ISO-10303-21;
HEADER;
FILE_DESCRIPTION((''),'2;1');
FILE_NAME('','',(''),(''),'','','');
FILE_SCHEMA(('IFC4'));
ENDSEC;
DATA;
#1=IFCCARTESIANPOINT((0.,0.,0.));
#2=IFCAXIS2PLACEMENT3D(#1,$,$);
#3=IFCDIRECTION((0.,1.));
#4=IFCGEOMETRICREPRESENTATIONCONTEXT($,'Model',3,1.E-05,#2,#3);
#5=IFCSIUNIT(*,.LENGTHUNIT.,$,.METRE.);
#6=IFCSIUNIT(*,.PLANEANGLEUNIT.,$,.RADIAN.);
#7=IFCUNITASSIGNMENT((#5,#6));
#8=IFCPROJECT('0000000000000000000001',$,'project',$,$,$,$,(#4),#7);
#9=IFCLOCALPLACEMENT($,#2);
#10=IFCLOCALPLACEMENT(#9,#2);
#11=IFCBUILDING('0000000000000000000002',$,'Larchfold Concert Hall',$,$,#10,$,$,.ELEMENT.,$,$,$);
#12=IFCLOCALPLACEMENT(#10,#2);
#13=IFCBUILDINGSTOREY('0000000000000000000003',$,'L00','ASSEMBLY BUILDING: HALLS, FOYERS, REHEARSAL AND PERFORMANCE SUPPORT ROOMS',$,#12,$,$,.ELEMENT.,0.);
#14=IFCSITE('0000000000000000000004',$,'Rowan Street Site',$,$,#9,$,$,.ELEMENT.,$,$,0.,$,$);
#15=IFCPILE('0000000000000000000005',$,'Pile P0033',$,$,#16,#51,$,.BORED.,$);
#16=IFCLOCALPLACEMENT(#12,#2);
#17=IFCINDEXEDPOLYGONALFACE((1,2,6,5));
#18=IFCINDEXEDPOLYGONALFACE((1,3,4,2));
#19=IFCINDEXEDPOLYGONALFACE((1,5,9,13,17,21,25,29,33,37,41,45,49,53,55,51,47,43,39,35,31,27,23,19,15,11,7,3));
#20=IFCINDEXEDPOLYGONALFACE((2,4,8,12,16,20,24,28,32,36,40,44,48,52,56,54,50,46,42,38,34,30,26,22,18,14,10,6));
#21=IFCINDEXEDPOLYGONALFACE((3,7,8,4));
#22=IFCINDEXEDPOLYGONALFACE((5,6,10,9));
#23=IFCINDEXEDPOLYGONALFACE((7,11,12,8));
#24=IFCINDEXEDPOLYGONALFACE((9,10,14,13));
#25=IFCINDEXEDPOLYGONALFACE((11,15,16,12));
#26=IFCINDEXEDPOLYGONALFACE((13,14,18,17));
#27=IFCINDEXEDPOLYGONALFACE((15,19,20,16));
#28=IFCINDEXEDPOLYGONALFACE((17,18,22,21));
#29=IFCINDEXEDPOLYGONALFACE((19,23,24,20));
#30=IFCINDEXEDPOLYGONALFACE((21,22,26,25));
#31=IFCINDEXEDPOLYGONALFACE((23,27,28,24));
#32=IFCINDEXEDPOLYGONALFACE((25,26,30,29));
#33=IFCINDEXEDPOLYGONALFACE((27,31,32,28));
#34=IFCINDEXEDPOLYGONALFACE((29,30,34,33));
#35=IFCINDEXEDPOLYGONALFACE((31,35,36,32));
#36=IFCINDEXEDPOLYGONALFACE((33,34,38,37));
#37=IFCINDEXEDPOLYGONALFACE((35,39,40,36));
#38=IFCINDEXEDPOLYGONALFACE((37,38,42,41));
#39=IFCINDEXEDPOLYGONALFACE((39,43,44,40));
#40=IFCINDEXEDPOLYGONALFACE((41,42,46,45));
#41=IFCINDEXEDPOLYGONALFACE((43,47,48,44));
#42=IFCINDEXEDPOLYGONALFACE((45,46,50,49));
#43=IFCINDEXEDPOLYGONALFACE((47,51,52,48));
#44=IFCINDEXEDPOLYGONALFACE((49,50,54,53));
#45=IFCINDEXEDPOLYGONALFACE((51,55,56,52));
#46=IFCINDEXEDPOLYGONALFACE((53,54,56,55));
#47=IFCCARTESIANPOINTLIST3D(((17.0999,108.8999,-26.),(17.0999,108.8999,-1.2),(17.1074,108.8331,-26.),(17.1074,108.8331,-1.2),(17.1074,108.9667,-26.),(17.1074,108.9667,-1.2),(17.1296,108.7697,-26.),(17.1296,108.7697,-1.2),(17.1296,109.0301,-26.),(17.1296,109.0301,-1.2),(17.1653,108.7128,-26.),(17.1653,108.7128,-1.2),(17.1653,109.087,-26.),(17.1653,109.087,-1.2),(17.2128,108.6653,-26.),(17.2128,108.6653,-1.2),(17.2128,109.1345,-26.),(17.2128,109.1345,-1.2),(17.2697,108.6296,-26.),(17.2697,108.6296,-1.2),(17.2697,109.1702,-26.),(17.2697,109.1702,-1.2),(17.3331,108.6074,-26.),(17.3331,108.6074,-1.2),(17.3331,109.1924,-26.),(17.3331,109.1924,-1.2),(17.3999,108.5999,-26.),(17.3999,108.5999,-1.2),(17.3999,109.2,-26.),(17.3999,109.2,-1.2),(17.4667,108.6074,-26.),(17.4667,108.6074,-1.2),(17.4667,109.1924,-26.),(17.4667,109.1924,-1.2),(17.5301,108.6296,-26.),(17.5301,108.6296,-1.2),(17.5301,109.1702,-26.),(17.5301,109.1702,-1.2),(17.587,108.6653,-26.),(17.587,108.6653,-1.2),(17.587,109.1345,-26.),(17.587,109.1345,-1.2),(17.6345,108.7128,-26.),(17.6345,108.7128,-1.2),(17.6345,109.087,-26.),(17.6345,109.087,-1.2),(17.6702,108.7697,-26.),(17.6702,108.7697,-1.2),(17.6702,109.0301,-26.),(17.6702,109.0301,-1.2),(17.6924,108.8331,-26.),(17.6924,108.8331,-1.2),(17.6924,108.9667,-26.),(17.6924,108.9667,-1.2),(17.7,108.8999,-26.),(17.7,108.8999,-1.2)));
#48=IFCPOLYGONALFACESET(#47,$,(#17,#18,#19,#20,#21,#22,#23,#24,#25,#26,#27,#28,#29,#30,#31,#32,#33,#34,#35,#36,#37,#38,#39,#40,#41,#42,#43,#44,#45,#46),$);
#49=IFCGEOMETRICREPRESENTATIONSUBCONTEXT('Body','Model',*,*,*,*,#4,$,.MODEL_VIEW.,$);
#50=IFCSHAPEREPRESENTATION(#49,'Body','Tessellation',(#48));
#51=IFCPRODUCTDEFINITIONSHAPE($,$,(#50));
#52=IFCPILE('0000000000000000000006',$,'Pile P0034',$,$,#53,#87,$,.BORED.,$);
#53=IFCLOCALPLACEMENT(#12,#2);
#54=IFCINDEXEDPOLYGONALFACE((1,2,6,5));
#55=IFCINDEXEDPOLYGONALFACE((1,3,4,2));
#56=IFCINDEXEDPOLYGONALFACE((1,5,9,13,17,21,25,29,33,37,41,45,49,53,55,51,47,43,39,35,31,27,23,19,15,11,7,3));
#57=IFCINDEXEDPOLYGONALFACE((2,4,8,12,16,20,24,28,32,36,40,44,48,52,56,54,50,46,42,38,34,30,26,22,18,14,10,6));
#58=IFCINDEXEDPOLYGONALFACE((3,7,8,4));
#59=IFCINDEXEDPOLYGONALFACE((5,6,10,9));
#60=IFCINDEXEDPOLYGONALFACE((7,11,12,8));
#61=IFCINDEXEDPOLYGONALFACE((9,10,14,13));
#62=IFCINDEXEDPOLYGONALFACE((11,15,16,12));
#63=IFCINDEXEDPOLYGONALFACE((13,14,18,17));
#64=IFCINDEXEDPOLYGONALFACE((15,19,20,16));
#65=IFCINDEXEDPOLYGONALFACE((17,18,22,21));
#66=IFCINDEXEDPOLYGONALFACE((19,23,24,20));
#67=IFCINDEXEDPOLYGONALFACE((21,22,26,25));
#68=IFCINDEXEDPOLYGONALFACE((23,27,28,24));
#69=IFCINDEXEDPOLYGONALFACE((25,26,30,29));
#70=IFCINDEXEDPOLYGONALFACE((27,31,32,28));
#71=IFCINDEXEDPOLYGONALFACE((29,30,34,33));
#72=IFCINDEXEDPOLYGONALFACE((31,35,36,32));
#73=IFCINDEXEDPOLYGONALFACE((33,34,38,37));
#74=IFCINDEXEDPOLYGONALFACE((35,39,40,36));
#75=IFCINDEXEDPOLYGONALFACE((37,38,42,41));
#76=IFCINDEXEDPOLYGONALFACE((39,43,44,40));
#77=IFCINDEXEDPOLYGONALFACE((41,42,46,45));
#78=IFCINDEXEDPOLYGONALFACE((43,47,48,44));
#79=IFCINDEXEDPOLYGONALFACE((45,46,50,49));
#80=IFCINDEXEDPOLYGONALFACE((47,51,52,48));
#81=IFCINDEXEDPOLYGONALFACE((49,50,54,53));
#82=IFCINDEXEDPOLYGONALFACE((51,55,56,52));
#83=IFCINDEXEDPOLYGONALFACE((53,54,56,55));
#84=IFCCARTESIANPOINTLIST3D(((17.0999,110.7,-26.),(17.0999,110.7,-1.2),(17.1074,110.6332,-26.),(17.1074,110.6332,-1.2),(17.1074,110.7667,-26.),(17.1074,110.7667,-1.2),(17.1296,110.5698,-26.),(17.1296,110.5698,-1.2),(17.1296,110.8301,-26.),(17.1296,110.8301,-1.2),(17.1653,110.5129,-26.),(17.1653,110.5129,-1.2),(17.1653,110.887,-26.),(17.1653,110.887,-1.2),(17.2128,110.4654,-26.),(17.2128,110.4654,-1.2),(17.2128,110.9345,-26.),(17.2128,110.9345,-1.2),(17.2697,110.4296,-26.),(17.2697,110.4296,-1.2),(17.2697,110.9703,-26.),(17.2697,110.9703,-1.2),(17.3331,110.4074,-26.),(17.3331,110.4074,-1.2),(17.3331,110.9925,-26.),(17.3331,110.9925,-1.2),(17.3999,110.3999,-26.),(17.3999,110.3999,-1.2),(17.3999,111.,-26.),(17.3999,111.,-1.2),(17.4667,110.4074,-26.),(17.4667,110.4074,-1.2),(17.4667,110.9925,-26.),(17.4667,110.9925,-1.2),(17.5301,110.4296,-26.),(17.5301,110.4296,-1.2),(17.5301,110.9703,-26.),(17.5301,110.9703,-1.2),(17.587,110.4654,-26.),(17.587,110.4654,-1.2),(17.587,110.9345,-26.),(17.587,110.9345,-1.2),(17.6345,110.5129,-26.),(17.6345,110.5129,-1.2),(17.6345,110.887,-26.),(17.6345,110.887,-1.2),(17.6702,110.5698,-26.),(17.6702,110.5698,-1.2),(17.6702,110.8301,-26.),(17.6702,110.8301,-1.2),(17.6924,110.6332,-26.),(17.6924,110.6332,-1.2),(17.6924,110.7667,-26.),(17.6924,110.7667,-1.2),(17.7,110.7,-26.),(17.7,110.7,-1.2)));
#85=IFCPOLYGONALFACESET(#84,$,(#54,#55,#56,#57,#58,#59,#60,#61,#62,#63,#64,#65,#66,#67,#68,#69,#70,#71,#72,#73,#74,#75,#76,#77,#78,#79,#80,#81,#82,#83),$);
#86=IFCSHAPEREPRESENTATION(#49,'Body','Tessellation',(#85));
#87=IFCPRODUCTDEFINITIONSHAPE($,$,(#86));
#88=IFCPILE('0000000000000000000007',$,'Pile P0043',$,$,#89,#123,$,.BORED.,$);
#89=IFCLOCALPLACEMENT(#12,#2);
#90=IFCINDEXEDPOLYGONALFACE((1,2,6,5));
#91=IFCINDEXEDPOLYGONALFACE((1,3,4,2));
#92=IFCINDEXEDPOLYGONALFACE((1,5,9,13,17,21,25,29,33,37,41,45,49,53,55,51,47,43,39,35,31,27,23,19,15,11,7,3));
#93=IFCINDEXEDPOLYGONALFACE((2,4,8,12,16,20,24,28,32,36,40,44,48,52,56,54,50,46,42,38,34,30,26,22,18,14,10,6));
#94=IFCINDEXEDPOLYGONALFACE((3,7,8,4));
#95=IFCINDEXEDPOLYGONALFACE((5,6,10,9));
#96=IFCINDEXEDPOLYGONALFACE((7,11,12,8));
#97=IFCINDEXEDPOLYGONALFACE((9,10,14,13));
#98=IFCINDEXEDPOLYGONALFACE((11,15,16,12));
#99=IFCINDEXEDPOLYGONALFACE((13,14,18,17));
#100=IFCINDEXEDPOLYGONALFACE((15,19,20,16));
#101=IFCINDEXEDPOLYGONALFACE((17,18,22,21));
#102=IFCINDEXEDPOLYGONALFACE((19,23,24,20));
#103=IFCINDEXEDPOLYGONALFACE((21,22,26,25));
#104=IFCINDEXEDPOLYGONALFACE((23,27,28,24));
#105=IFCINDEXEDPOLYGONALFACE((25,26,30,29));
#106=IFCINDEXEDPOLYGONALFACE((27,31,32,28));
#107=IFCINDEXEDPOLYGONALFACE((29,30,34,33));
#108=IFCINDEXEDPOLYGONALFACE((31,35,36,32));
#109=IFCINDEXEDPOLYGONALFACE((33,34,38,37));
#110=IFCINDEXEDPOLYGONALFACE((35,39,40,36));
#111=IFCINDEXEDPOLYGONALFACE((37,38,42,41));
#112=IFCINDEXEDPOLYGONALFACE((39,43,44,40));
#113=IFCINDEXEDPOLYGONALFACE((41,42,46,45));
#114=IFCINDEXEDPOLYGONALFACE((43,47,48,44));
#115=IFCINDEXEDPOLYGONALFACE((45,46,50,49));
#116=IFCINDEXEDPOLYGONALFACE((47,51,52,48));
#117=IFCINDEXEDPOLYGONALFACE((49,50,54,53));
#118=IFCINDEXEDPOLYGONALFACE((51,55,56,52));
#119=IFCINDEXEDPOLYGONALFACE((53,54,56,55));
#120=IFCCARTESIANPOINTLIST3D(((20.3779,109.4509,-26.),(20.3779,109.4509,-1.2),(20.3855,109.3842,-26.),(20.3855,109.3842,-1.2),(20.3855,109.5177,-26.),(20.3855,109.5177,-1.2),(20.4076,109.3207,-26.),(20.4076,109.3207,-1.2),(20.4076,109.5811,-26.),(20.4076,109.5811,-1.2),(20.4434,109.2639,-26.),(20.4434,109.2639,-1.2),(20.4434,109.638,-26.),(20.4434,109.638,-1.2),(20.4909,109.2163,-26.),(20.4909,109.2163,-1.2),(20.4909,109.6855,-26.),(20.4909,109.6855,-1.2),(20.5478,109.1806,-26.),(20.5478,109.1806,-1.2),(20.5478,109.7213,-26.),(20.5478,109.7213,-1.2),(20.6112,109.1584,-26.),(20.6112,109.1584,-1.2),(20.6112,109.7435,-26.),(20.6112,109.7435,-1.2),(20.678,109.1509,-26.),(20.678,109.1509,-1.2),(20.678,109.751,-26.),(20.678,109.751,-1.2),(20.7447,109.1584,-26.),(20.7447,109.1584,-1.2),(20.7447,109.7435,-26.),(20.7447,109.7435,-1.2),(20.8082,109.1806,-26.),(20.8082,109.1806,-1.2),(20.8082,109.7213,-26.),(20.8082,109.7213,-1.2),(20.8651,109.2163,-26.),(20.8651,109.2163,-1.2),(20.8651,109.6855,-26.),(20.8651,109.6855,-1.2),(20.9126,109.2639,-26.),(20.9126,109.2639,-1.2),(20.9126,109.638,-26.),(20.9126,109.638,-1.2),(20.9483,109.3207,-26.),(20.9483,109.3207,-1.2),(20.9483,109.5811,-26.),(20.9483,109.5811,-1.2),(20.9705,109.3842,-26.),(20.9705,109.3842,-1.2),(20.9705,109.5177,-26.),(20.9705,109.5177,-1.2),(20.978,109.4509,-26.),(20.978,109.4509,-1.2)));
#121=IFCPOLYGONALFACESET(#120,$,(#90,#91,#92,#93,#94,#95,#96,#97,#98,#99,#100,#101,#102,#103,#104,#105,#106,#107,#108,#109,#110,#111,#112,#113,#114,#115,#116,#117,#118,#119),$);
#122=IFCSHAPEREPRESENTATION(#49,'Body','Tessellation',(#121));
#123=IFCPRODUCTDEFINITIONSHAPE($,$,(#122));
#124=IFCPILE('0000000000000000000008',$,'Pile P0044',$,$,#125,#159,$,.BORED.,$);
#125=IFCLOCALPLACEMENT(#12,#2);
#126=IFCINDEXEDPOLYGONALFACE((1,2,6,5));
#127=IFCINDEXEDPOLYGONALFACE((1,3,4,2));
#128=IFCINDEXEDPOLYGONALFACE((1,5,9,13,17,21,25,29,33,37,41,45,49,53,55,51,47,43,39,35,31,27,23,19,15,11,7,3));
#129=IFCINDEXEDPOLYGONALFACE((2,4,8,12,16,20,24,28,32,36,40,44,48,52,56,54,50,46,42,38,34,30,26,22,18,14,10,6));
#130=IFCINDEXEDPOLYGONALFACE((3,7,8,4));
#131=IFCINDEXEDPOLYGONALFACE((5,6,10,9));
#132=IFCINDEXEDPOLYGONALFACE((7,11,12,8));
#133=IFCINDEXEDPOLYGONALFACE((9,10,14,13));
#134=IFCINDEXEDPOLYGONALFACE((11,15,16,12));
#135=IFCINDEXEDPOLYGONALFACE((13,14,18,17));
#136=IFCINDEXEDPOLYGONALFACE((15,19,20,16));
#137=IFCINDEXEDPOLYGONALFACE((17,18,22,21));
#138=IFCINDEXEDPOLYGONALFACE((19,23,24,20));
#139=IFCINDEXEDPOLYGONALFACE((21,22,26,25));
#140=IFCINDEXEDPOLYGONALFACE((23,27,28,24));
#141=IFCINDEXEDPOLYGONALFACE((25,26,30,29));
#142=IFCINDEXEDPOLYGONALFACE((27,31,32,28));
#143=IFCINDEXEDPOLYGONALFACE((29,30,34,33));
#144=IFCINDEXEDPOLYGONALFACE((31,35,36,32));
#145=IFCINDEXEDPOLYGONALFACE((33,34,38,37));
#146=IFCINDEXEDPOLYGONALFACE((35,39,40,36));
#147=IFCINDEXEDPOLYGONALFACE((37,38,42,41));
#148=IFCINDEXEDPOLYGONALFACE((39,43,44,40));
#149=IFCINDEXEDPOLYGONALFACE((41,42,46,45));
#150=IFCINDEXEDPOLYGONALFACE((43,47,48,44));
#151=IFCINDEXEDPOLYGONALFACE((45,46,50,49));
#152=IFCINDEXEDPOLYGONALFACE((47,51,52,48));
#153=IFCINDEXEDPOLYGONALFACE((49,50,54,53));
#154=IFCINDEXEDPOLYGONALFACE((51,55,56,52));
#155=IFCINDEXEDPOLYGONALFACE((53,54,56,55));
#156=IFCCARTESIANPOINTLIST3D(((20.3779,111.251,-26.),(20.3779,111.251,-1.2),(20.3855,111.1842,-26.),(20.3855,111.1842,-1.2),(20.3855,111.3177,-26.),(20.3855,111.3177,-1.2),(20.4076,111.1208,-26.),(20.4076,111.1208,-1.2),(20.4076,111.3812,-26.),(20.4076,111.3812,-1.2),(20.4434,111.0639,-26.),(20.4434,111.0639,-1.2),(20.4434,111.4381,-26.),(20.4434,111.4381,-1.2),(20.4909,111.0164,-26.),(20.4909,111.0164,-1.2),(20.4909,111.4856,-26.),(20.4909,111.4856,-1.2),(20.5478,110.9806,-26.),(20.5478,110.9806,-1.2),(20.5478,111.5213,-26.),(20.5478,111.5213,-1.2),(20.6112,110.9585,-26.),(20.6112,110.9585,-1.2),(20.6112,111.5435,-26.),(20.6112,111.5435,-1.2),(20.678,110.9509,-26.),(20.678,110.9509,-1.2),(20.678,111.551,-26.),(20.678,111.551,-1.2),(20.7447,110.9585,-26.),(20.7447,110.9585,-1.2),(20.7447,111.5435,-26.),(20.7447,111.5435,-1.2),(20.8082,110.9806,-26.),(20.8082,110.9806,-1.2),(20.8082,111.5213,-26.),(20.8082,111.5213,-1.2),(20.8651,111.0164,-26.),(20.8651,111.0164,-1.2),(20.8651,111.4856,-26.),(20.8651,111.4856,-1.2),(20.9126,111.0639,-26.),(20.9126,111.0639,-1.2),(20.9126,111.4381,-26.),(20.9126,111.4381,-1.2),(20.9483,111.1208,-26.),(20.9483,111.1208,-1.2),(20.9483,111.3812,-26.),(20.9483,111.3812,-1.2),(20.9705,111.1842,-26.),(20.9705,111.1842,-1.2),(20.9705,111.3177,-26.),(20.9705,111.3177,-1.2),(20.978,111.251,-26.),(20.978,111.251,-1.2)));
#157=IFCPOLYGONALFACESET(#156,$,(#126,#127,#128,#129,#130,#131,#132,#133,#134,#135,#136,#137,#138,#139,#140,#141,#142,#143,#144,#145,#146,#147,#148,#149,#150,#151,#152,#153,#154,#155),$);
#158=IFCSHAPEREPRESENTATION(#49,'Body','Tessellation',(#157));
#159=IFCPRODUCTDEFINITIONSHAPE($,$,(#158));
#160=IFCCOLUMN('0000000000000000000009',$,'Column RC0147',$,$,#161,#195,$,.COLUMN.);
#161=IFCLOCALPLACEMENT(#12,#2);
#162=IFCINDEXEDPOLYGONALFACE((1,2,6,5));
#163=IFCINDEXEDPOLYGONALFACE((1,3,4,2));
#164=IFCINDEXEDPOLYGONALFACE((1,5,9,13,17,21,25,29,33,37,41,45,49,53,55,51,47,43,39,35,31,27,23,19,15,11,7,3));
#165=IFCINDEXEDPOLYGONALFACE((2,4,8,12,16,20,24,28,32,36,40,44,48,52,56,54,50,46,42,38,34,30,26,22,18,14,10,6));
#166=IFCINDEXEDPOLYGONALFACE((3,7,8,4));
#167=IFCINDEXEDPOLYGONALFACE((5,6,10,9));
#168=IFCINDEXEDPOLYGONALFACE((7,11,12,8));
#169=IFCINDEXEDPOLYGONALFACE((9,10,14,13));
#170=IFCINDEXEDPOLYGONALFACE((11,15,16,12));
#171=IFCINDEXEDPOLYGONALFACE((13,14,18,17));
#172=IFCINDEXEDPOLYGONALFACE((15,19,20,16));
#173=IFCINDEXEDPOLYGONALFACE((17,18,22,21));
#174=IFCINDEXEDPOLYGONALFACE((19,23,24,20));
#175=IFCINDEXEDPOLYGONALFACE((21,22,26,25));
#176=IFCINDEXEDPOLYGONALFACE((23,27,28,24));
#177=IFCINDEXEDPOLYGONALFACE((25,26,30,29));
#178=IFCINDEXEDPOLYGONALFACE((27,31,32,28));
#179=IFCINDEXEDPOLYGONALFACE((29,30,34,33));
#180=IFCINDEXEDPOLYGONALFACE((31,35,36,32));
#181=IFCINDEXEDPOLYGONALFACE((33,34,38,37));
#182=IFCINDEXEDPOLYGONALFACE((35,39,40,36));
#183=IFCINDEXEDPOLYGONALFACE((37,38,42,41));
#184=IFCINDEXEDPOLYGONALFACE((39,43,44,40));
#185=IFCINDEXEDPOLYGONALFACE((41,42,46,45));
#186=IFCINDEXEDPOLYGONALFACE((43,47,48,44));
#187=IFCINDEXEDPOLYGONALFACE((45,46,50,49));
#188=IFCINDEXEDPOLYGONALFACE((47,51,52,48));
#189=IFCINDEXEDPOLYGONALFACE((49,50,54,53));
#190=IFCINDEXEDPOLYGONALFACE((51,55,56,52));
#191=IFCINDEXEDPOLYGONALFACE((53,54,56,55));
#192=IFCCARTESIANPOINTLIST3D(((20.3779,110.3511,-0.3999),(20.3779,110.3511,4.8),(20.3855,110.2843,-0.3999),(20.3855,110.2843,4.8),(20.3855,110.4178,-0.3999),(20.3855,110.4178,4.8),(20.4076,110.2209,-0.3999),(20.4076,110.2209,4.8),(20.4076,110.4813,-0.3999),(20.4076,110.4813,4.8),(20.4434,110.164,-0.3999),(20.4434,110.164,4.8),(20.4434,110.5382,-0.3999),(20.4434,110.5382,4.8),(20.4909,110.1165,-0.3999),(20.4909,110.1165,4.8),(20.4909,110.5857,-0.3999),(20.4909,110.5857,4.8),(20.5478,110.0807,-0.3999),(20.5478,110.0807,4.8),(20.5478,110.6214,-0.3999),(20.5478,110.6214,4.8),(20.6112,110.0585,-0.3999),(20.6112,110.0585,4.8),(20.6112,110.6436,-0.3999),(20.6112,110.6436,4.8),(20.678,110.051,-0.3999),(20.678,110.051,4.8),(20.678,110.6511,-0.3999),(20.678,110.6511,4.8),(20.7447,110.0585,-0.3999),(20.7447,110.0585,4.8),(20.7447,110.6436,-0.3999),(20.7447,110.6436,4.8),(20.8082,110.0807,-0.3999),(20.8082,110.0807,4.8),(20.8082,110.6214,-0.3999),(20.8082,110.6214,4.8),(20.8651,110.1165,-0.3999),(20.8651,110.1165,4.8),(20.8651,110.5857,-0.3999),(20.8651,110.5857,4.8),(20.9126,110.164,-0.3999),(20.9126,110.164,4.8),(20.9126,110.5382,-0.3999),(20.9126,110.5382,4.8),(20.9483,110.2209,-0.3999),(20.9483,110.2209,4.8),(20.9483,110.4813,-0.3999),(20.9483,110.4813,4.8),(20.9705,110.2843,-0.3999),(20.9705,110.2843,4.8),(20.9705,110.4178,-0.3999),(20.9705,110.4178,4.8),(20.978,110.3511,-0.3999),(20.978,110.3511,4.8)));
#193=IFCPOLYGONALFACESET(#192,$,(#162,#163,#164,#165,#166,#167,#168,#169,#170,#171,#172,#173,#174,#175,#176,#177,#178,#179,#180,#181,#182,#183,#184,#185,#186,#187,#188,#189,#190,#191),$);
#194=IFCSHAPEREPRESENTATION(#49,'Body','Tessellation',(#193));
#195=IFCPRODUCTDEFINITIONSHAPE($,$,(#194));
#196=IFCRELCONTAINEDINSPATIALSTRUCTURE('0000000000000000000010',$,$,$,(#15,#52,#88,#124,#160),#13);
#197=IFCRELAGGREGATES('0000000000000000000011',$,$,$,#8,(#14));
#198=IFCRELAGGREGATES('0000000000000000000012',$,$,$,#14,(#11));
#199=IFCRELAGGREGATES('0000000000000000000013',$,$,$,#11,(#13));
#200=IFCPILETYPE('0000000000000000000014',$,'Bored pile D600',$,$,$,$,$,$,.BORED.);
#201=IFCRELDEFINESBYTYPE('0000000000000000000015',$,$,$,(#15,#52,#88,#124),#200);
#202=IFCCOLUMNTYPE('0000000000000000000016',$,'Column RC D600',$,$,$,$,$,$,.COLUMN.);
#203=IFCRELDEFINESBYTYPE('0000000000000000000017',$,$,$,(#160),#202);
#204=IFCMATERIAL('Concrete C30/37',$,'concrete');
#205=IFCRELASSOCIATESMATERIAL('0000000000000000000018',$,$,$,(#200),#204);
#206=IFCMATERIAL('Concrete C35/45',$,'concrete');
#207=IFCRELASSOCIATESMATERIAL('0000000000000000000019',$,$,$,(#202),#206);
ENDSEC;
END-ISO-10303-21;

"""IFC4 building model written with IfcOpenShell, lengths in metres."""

from ifc_helpers import new_model, si_unit, direction, frame, origin, origin_2d, place, context, subcontext, project, spatial, circle, extrude, material, material_profile, profile_set, type_object, element, save


model = new_model("IFC4")

# Units and contexts
model_context = context("Model", 3, precision=1e-05, world=origin(), true_north=direction((0.0, 1.0)))
body_context = subcontext(model_context, "Body", "Model", "MODEL_VIEW")
ifc_project = project(units=[si_unit("LENGTHUNIT", "METRE"), si_unit("PLANEANGLEUNIT", "RADIAN")], contexts=[model_context])

# Site, building, storey
site_placement = place(None, origin())
site = spatial("IfcSite", under=ifc_project, at=site_placement, Name="Rowan Street Site", CompositionType="ELEMENT", RefElevation=0.0)
building_placement = place(site_placement, origin())
building = spatial("IfcBuilding", under=site, at=building_placement, Name="Larchfold Concert Hall", CompositionType="ELEMENT")
storey_placement = place(building_placement, origin())
storey = spatial("IfcBuildingStorey", under=building, at=storey_placement, Name="L00", Description="ASSEMBLY BUILDING: HALLS, FOYERS, REHEARSAL AND PERFORMANCE SUPPORT ROOMS", CompositionType="ELEMENT", Elevation=0.0)

# Piles
ifc_material_1 = material(Name="Concrete C30/37", Category="concrete")
ifc_material_profile_1 = material_profile(ifc_material_1, circle(Radius=0.3, at=origin_2d()))
ifc_profile_set_1 = profile_set([ifc_material_profile_1], Name="Concrete C30/37")
pile_type = type_object("IfcPileType", Name="Bored pile D600", PredefinedType="BORED", material=ifc_profile_set_1)
for number, where, z_axis, x_axis, name in (
    (1, (17.3999, 108.8999, -1.2), (0.0, 0.0, -1.0), (1.0, 0.0, 0.0), "Pile P0033"),
    (2, (17.3999, 110.7, -1.2), (0.0, 0.0, -1.0), (1.0, 0.0, 0.0), "Pile P0034"),
    (3, (20.678, 109.4509, -1.2), (0.0, 0.0, -1.0), (1.0, 0.0, 0.0), "Pile P0043"),
    (4, (20.678, 111.251, -1.2), (0.0, 0.0, -1.0), (1.0, 0.0, 0.0), "Pile P0044"),
):
    element("IfcPile", number, at=place(storey_placement, frame(where, z_axis=z_axis, x_axis=x_axis)), inside=storey, type_object=pile_type, Name=name, PredefinedType="BORED", context=body_context, shape_type="SweptSolid", body=[
        extrude(circle(Radius=0.3, at=origin_2d()), origin(), (0.0, 0.0, 1.0), 24.8),
    ])

# Column
ifc_material_2 = material(Name="Concrete C35/45", Category="concrete")
ifc_material_profile_2 = material_profile(ifc_material_2, circle(Radius=0.3, at=origin_2d()))
ifc_profile_set_2 = profile_set([ifc_material_profile_2], Name="Concrete C35/45")
column_type = type_object("IfcColumnType", Name="Column RC D600", PredefinedType="COLUMN", material=ifc_profile_set_2)
for number, where, z_axis, x_axis, name in (
    (5, (20.678, 110.3511, -0.3999), (0.0, 0.0, 1.0), (1.0, 0.0, 0.0), "Column RC0147"),
):
    element("IfcColumn", number, at=place(storey_placement, frame(where, z_axis=z_axis, x_axis=x_axis)), inside=storey, type_object=column_type, Name=name, PredefinedType="COLUMN", context=body_context, shape_type="SweptSolid", body=[
        extrude(circle(Radius=0.3, at=origin_2d()), origin(), (0.0, 0.0, 1.0), 5.2),
    ])

save(model, "model.ifc")
